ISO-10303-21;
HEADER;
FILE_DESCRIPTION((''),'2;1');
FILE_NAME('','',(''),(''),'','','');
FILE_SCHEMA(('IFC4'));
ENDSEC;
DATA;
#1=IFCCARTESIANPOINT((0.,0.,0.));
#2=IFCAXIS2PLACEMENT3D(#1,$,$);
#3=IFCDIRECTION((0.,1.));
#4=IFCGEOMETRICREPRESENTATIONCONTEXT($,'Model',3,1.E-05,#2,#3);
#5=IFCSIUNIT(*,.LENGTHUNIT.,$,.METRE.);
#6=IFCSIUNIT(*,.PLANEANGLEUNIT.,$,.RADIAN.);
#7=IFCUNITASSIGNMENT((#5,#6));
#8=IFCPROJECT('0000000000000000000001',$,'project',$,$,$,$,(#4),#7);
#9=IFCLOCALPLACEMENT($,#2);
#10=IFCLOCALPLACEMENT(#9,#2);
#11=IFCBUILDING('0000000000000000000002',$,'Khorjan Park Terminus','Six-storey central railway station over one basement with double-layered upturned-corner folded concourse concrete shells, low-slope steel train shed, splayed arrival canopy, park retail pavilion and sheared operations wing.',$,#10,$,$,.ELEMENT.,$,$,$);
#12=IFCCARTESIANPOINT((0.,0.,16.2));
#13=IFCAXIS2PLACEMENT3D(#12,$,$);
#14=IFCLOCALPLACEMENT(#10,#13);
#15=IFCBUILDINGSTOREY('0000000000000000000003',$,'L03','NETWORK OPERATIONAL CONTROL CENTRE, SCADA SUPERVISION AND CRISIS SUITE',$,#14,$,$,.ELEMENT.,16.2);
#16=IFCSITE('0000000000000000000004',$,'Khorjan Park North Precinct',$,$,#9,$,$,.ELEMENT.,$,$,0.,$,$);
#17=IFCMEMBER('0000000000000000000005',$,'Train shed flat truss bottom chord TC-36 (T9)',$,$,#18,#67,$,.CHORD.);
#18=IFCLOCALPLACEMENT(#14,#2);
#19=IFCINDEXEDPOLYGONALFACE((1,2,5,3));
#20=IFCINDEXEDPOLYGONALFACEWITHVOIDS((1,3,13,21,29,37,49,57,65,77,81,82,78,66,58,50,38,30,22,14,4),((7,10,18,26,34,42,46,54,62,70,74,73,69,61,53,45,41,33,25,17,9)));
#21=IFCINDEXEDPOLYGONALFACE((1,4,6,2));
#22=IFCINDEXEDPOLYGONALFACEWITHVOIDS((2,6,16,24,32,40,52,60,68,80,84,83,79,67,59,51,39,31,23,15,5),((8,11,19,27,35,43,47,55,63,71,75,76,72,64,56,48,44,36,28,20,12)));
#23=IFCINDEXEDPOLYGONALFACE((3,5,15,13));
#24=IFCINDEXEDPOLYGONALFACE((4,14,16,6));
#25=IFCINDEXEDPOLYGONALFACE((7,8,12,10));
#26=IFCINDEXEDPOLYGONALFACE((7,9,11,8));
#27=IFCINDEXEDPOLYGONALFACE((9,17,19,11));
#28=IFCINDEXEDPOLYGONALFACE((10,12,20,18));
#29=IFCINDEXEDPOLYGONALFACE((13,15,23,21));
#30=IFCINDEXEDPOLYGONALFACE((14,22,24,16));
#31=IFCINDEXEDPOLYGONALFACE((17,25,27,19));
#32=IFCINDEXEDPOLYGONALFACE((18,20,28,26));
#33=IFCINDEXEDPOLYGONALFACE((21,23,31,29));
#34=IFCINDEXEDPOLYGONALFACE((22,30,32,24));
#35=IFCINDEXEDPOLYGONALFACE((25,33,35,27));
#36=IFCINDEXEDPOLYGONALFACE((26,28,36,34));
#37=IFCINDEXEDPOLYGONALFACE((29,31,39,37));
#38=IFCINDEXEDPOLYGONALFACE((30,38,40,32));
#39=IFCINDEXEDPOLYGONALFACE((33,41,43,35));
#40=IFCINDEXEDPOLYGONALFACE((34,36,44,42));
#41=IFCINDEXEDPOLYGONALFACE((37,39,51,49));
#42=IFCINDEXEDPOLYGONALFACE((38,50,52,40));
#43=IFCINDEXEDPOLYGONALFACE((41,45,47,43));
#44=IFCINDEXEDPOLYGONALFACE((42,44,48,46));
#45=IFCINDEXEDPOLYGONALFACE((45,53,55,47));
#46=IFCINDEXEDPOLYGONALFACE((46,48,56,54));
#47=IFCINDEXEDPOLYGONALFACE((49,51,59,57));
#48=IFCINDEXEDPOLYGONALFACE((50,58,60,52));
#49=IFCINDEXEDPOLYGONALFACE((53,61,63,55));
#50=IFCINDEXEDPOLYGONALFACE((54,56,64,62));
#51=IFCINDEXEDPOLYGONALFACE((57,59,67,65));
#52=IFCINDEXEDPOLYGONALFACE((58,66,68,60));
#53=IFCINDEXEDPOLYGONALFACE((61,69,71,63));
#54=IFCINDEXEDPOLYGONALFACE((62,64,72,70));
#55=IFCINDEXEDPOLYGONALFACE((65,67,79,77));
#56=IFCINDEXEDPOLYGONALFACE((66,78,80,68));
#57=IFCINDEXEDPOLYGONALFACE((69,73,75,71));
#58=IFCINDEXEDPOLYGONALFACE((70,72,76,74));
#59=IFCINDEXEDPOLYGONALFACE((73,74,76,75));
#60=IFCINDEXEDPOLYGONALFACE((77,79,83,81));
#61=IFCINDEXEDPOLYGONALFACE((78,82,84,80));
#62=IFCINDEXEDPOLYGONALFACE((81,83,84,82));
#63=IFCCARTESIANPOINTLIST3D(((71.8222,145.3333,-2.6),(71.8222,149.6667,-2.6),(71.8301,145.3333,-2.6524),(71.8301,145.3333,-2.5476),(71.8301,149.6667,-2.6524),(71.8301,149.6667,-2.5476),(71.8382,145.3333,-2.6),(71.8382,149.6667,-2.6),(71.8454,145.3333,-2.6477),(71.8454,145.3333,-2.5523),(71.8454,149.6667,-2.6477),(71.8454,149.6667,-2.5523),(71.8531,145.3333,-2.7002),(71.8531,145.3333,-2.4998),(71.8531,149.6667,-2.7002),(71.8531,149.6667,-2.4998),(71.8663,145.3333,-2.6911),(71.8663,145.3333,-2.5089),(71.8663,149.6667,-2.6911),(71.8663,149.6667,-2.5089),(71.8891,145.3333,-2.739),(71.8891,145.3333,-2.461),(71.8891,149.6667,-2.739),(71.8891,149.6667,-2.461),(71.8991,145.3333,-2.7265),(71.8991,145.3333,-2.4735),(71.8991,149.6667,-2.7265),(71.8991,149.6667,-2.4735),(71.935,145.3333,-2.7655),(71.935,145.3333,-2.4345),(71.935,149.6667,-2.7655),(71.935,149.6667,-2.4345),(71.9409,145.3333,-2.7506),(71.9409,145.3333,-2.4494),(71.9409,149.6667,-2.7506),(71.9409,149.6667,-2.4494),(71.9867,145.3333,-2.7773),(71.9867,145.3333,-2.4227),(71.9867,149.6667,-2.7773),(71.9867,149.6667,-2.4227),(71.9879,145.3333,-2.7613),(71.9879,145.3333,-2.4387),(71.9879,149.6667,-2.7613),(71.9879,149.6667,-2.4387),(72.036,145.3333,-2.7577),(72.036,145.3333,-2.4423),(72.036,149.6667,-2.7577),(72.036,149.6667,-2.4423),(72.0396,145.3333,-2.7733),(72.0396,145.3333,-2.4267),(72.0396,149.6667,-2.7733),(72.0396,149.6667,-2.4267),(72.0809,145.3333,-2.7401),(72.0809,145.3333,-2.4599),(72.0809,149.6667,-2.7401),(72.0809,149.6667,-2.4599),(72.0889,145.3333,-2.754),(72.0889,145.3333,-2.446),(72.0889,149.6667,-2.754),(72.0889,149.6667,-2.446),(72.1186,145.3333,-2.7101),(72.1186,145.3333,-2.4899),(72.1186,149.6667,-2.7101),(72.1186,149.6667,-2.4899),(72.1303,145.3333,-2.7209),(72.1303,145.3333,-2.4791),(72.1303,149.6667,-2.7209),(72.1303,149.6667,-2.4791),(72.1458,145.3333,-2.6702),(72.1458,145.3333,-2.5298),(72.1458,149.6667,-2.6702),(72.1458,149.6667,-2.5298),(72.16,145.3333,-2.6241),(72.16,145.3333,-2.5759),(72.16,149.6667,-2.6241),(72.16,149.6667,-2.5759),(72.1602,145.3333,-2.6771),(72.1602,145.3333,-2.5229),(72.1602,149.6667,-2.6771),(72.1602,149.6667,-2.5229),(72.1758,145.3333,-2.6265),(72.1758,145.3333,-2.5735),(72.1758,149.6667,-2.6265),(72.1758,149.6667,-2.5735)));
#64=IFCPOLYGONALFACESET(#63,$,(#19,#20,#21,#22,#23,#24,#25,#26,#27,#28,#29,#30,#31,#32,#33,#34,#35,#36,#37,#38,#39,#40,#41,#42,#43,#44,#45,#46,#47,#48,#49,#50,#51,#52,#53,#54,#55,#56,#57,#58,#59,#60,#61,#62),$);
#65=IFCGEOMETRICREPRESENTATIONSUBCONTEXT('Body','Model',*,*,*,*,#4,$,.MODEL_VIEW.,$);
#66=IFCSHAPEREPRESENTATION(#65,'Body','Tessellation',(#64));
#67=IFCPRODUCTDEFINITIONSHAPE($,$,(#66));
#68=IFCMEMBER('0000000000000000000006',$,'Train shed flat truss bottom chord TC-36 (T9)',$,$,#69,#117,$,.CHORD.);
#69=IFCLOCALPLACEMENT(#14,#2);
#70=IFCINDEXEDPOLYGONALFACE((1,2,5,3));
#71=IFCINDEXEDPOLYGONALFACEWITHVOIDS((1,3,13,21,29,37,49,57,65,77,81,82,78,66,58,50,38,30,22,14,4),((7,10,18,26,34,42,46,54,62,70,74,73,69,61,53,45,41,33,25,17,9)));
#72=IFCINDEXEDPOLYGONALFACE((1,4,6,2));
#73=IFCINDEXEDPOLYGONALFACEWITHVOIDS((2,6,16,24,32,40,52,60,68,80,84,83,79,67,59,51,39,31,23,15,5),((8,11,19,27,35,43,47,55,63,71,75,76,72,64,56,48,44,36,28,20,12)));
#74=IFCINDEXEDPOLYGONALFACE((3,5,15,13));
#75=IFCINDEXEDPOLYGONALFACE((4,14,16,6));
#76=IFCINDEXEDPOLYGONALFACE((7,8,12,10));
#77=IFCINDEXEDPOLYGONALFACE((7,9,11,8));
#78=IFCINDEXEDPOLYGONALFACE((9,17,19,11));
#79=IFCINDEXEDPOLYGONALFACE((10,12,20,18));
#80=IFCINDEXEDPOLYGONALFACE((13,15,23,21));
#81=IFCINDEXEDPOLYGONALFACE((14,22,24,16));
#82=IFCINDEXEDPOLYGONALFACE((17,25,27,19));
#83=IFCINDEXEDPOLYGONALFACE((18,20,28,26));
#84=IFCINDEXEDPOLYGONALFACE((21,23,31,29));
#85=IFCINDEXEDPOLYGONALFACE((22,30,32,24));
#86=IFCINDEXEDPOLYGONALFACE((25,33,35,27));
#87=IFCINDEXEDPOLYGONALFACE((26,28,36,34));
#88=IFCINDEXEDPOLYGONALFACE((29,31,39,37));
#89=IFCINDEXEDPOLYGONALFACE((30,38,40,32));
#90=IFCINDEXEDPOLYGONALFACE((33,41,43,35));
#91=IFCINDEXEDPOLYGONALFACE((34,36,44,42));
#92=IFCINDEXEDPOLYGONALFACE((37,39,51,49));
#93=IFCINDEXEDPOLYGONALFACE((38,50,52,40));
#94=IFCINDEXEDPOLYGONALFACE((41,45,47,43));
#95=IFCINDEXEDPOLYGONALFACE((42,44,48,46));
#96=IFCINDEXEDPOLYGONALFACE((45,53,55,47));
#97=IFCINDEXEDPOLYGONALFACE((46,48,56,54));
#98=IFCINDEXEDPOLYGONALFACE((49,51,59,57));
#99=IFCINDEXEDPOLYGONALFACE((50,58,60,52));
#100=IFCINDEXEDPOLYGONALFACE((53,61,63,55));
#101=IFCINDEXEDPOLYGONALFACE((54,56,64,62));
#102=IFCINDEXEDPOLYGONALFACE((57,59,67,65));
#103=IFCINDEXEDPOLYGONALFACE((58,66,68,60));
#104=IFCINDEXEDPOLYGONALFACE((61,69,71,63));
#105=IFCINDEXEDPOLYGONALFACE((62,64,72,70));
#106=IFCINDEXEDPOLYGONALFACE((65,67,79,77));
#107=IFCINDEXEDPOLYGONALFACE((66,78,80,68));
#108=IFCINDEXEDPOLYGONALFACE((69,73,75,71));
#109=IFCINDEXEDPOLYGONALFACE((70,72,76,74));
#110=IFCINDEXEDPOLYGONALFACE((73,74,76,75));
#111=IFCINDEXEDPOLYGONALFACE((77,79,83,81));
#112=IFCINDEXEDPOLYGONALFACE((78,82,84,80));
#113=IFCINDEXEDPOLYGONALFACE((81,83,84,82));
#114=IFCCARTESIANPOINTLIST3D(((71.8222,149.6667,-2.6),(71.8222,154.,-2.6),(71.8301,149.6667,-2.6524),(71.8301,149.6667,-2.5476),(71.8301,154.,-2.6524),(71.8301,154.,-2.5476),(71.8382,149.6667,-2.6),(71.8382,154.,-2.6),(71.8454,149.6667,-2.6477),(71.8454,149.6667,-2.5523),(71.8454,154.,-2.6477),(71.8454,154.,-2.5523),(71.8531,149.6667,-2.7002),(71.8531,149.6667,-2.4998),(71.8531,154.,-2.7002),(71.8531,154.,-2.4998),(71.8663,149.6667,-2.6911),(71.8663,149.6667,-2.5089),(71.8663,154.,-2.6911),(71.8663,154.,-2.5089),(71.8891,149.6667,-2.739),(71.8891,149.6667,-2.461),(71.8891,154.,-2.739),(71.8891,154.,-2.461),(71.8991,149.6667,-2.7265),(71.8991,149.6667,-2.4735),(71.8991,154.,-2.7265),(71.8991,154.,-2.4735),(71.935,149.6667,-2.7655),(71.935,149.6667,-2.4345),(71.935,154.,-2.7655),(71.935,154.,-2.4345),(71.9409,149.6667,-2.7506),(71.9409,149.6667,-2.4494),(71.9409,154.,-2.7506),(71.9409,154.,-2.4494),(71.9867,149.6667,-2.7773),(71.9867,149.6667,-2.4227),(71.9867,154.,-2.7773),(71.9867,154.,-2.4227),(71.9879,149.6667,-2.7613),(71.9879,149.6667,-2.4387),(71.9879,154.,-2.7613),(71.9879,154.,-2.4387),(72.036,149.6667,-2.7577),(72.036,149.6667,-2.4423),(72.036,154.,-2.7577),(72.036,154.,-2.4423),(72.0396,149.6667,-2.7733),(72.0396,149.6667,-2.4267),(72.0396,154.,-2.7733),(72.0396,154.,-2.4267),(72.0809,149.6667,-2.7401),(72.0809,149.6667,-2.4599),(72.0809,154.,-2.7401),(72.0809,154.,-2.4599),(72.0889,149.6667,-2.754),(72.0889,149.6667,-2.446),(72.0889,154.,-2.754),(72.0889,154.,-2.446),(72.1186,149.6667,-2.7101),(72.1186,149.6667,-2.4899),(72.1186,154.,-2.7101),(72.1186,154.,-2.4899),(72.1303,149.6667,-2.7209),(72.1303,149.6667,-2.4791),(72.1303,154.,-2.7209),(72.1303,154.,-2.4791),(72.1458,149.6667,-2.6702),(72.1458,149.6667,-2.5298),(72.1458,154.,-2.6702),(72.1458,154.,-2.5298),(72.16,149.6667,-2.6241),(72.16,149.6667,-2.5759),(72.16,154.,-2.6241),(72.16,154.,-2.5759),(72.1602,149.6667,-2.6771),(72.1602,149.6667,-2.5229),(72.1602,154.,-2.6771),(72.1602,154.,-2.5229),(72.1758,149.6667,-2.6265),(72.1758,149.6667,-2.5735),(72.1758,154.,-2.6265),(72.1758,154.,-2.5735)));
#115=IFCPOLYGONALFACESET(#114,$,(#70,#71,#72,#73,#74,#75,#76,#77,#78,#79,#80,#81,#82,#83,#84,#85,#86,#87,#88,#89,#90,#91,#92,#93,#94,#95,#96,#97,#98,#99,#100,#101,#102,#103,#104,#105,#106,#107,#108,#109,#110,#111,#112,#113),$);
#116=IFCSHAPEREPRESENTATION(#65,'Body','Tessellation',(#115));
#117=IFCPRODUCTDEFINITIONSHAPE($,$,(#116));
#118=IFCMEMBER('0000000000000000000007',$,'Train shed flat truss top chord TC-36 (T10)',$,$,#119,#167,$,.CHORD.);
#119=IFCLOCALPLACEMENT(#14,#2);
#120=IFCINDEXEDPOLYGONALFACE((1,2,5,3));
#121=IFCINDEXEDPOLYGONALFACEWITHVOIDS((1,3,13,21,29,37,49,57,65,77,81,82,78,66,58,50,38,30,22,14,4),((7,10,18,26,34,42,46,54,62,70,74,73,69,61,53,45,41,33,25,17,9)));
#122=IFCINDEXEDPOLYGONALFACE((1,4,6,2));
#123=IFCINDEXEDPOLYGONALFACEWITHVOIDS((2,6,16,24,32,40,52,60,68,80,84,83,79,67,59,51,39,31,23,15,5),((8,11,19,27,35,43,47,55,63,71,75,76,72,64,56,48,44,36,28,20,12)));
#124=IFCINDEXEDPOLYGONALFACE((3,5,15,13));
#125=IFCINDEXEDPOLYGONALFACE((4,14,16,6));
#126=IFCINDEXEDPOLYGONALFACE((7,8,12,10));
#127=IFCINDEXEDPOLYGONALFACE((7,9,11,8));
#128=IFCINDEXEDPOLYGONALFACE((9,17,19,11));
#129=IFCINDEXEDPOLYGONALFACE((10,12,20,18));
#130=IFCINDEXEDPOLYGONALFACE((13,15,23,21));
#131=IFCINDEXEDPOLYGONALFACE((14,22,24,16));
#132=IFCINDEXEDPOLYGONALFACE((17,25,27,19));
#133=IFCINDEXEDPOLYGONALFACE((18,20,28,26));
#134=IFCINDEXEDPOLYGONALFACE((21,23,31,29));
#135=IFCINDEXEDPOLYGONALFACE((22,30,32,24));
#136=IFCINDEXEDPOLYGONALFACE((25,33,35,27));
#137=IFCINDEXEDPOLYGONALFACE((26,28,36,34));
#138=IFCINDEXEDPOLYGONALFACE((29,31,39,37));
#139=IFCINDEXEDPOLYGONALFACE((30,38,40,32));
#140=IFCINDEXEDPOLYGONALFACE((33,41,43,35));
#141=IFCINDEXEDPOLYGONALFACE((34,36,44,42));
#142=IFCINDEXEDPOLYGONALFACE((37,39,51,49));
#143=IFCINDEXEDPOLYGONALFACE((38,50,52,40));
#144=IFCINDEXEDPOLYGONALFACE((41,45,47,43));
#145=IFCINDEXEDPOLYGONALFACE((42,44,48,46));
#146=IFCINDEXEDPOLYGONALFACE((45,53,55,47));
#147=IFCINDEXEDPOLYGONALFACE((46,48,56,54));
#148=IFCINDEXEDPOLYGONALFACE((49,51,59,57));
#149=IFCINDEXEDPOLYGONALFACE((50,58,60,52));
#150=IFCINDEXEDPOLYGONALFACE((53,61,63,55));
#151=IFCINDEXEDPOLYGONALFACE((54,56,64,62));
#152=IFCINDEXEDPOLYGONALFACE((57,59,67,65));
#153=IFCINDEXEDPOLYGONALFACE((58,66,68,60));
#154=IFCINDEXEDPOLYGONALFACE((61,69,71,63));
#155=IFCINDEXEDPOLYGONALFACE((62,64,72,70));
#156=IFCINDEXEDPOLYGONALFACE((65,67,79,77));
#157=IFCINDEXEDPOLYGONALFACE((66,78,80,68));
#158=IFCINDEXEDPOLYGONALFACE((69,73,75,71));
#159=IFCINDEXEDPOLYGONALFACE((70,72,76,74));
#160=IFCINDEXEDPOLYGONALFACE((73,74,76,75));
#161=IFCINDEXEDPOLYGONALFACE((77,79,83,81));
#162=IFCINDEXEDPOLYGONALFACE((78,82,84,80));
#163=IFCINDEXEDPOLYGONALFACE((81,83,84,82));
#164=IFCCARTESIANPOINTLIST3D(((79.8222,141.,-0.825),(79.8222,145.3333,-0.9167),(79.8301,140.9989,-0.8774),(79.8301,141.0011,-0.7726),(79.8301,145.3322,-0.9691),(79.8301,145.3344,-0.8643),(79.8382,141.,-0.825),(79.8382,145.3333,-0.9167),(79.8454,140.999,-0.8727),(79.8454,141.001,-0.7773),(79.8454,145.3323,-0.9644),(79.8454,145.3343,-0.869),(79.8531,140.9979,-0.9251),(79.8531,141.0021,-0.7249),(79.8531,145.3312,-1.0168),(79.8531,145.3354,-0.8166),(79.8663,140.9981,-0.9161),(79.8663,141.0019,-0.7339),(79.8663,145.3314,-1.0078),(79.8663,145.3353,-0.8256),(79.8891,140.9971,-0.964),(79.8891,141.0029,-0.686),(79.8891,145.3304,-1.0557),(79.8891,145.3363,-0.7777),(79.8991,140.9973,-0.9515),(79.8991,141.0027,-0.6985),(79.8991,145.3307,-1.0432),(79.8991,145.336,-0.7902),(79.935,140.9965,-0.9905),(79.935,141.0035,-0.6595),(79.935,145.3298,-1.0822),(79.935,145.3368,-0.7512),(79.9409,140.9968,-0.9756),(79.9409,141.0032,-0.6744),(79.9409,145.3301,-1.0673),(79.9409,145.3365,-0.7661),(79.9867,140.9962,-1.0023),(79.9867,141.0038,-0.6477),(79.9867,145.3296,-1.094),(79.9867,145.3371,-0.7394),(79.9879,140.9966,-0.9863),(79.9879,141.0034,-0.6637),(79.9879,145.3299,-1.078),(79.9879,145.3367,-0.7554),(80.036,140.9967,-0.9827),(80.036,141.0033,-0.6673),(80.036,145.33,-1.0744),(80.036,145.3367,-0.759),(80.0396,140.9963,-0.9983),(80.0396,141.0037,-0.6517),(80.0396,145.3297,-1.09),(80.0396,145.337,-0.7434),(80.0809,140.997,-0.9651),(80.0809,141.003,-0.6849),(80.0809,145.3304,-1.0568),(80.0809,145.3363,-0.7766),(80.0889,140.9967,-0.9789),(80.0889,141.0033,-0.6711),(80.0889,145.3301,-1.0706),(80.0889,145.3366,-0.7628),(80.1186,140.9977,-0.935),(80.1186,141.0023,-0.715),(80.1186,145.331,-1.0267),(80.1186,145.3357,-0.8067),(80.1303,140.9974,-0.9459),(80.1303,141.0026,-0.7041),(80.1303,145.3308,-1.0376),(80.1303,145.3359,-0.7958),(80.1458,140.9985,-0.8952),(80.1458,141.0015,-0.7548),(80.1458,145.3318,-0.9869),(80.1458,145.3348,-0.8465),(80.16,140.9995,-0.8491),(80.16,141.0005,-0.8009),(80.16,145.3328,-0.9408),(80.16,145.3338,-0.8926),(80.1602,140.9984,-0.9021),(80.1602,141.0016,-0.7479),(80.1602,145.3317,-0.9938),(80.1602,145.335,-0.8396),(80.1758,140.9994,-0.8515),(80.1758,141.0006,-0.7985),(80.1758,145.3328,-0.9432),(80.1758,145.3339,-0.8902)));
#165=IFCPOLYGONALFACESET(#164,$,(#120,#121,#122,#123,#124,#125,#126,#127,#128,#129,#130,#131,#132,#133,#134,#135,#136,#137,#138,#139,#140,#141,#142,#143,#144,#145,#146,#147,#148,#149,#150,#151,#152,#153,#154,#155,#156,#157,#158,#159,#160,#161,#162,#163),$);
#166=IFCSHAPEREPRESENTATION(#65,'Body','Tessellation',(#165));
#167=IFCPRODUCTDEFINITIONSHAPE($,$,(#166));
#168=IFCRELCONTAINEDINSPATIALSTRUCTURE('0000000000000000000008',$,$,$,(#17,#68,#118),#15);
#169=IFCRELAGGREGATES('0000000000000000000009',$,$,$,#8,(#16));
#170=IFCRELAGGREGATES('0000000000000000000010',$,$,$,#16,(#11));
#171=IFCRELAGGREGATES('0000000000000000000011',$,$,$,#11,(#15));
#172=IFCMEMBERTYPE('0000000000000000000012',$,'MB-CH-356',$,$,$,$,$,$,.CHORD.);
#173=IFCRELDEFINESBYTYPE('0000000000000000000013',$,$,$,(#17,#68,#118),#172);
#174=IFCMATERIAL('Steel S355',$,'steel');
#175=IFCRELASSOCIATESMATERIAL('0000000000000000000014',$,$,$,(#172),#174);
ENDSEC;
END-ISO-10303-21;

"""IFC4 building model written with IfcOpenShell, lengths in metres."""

from ifc_helpers import new_model, si_unit, direction, frame, origin, origin_2d, place, context, subcontext, project, spatial, hollow_circle, extrude, material, material_profile, profile_set, type_object, element, save


model = new_model("IFC4")

# Units and contexts
model_context = context("Model", 3, precision=1e-05, world=origin(), true_north=direction((0.0, 1.0)))
body_context = subcontext(model_context, "Body", "Model", "MODEL_VIEW")
ifc_project = project(units=[si_unit("LENGTHUNIT", "METRE"), si_unit("PLANEANGLEUNIT", "RADIAN")], contexts=[model_context])

# Site, building, storey
site_placement = place(None, origin())
site = spatial("IfcSite", under=ifc_project, at=site_placement, Name="Khorjan Park North Precinct", CompositionType="ELEMENT", RefElevation=0.0)
building_placement = place(site_placement, origin())
building = spatial("IfcBuilding", under=site, at=building_placement, Name="Khorjan Park Terminus", Description="Six-storey central railway station over one basement with double-layered upturned-corner folded concourse concrete shells, low-slope steel train shed, splayed arrival canopy, park retail pavilion and sheared operations wing.", CompositionType="ELEMENT")
storey_placement = place(building_placement, frame((0.0, 0.0, 16.2)))
storey = spatial("IfcBuildingStorey", under=building, at=storey_placement, Name="L03", Description="NETWORK OPERATIONAL CONTROL CENTRE, SCADA SUPERVISION AND CRISIS SUITE", CompositionType="ELEMENT", Elevation=16.2)

# Members
ifc_material = material(Name="Steel S355", Category="steel")
ifc_material_profile_1 = material_profile(ifc_material, hollow_circle(Radius=0.1778, WallThickness=0.016, at=origin_2d()), Name="CHS 355.6x16")
ifc_profile_set_1 = profile_set([ifc_material_profile_1], Name="Steel S355")
member_type_1 = type_object("IfcMemberType", Name="MB-CH-356", PredefinedType="CHORD", material=ifc_profile_set_1)
member_1_placement = place(storey_placement, frame((72.0, 145.3333, -2.6), z_axis=(0.0, 1.0, 0.0), x_axis=(-1.0, 0.0, 0.0)))
element("IfcMember", 1, at=member_1_placement, inside=storey, type_object=member_type_1, Name="Train shed flat truss bottom chord TC-36 (T9)", PredefinedType="CHORD", context=body_context, shape_type="SweptSolid", body=[
    extrude(hollow_circle(Radius=0.1778, WallThickness=0.016, at=origin_2d()), origin(), (0.0, 0.0, 1.0), 4.3334),
])
member_2_placement = place(storey_placement, frame((72.0, 149.6667, -2.6), z_axis=(0.0, 1.0, 0.0), x_axis=(-1.0, 0.0, 0.0)))
element("IfcMember", 2, at=member_2_placement, inside=storey, type_object=member_type_1, Name="Train shed flat truss bottom chord TC-36 (T9)", PredefinedType="CHORD", context=body_context, shape_type="SweptSolid", body=[
    extrude(hollow_circle(Radius=0.1778, WallThickness=0.016, at=origin_2d()), origin(), (0.0, 0.0, 1.0), 4.3333),
])
member_3_placement = place(storey_placement, frame((80.0, 141.0, -0.825), z_axis=(0.0, 0.999776, -0.021157), x_axis=(-1.0, 0.0, 0.0)))
element("IfcMember", 3, at=member_3_placement, inside=storey, type_object=member_type_1, Name="Train shed flat truss top chord TC-36 (T10)", PredefinedType="CHORD", context=body_context, shape_type="SweptSolid", body=[
    extrude(hollow_circle(Radius=0.1778, WallThickness=0.016, at=origin_2d()), origin(), (0.0, 0.0, 1.0), 4.3343),
])

save(model, "model.ifc")
